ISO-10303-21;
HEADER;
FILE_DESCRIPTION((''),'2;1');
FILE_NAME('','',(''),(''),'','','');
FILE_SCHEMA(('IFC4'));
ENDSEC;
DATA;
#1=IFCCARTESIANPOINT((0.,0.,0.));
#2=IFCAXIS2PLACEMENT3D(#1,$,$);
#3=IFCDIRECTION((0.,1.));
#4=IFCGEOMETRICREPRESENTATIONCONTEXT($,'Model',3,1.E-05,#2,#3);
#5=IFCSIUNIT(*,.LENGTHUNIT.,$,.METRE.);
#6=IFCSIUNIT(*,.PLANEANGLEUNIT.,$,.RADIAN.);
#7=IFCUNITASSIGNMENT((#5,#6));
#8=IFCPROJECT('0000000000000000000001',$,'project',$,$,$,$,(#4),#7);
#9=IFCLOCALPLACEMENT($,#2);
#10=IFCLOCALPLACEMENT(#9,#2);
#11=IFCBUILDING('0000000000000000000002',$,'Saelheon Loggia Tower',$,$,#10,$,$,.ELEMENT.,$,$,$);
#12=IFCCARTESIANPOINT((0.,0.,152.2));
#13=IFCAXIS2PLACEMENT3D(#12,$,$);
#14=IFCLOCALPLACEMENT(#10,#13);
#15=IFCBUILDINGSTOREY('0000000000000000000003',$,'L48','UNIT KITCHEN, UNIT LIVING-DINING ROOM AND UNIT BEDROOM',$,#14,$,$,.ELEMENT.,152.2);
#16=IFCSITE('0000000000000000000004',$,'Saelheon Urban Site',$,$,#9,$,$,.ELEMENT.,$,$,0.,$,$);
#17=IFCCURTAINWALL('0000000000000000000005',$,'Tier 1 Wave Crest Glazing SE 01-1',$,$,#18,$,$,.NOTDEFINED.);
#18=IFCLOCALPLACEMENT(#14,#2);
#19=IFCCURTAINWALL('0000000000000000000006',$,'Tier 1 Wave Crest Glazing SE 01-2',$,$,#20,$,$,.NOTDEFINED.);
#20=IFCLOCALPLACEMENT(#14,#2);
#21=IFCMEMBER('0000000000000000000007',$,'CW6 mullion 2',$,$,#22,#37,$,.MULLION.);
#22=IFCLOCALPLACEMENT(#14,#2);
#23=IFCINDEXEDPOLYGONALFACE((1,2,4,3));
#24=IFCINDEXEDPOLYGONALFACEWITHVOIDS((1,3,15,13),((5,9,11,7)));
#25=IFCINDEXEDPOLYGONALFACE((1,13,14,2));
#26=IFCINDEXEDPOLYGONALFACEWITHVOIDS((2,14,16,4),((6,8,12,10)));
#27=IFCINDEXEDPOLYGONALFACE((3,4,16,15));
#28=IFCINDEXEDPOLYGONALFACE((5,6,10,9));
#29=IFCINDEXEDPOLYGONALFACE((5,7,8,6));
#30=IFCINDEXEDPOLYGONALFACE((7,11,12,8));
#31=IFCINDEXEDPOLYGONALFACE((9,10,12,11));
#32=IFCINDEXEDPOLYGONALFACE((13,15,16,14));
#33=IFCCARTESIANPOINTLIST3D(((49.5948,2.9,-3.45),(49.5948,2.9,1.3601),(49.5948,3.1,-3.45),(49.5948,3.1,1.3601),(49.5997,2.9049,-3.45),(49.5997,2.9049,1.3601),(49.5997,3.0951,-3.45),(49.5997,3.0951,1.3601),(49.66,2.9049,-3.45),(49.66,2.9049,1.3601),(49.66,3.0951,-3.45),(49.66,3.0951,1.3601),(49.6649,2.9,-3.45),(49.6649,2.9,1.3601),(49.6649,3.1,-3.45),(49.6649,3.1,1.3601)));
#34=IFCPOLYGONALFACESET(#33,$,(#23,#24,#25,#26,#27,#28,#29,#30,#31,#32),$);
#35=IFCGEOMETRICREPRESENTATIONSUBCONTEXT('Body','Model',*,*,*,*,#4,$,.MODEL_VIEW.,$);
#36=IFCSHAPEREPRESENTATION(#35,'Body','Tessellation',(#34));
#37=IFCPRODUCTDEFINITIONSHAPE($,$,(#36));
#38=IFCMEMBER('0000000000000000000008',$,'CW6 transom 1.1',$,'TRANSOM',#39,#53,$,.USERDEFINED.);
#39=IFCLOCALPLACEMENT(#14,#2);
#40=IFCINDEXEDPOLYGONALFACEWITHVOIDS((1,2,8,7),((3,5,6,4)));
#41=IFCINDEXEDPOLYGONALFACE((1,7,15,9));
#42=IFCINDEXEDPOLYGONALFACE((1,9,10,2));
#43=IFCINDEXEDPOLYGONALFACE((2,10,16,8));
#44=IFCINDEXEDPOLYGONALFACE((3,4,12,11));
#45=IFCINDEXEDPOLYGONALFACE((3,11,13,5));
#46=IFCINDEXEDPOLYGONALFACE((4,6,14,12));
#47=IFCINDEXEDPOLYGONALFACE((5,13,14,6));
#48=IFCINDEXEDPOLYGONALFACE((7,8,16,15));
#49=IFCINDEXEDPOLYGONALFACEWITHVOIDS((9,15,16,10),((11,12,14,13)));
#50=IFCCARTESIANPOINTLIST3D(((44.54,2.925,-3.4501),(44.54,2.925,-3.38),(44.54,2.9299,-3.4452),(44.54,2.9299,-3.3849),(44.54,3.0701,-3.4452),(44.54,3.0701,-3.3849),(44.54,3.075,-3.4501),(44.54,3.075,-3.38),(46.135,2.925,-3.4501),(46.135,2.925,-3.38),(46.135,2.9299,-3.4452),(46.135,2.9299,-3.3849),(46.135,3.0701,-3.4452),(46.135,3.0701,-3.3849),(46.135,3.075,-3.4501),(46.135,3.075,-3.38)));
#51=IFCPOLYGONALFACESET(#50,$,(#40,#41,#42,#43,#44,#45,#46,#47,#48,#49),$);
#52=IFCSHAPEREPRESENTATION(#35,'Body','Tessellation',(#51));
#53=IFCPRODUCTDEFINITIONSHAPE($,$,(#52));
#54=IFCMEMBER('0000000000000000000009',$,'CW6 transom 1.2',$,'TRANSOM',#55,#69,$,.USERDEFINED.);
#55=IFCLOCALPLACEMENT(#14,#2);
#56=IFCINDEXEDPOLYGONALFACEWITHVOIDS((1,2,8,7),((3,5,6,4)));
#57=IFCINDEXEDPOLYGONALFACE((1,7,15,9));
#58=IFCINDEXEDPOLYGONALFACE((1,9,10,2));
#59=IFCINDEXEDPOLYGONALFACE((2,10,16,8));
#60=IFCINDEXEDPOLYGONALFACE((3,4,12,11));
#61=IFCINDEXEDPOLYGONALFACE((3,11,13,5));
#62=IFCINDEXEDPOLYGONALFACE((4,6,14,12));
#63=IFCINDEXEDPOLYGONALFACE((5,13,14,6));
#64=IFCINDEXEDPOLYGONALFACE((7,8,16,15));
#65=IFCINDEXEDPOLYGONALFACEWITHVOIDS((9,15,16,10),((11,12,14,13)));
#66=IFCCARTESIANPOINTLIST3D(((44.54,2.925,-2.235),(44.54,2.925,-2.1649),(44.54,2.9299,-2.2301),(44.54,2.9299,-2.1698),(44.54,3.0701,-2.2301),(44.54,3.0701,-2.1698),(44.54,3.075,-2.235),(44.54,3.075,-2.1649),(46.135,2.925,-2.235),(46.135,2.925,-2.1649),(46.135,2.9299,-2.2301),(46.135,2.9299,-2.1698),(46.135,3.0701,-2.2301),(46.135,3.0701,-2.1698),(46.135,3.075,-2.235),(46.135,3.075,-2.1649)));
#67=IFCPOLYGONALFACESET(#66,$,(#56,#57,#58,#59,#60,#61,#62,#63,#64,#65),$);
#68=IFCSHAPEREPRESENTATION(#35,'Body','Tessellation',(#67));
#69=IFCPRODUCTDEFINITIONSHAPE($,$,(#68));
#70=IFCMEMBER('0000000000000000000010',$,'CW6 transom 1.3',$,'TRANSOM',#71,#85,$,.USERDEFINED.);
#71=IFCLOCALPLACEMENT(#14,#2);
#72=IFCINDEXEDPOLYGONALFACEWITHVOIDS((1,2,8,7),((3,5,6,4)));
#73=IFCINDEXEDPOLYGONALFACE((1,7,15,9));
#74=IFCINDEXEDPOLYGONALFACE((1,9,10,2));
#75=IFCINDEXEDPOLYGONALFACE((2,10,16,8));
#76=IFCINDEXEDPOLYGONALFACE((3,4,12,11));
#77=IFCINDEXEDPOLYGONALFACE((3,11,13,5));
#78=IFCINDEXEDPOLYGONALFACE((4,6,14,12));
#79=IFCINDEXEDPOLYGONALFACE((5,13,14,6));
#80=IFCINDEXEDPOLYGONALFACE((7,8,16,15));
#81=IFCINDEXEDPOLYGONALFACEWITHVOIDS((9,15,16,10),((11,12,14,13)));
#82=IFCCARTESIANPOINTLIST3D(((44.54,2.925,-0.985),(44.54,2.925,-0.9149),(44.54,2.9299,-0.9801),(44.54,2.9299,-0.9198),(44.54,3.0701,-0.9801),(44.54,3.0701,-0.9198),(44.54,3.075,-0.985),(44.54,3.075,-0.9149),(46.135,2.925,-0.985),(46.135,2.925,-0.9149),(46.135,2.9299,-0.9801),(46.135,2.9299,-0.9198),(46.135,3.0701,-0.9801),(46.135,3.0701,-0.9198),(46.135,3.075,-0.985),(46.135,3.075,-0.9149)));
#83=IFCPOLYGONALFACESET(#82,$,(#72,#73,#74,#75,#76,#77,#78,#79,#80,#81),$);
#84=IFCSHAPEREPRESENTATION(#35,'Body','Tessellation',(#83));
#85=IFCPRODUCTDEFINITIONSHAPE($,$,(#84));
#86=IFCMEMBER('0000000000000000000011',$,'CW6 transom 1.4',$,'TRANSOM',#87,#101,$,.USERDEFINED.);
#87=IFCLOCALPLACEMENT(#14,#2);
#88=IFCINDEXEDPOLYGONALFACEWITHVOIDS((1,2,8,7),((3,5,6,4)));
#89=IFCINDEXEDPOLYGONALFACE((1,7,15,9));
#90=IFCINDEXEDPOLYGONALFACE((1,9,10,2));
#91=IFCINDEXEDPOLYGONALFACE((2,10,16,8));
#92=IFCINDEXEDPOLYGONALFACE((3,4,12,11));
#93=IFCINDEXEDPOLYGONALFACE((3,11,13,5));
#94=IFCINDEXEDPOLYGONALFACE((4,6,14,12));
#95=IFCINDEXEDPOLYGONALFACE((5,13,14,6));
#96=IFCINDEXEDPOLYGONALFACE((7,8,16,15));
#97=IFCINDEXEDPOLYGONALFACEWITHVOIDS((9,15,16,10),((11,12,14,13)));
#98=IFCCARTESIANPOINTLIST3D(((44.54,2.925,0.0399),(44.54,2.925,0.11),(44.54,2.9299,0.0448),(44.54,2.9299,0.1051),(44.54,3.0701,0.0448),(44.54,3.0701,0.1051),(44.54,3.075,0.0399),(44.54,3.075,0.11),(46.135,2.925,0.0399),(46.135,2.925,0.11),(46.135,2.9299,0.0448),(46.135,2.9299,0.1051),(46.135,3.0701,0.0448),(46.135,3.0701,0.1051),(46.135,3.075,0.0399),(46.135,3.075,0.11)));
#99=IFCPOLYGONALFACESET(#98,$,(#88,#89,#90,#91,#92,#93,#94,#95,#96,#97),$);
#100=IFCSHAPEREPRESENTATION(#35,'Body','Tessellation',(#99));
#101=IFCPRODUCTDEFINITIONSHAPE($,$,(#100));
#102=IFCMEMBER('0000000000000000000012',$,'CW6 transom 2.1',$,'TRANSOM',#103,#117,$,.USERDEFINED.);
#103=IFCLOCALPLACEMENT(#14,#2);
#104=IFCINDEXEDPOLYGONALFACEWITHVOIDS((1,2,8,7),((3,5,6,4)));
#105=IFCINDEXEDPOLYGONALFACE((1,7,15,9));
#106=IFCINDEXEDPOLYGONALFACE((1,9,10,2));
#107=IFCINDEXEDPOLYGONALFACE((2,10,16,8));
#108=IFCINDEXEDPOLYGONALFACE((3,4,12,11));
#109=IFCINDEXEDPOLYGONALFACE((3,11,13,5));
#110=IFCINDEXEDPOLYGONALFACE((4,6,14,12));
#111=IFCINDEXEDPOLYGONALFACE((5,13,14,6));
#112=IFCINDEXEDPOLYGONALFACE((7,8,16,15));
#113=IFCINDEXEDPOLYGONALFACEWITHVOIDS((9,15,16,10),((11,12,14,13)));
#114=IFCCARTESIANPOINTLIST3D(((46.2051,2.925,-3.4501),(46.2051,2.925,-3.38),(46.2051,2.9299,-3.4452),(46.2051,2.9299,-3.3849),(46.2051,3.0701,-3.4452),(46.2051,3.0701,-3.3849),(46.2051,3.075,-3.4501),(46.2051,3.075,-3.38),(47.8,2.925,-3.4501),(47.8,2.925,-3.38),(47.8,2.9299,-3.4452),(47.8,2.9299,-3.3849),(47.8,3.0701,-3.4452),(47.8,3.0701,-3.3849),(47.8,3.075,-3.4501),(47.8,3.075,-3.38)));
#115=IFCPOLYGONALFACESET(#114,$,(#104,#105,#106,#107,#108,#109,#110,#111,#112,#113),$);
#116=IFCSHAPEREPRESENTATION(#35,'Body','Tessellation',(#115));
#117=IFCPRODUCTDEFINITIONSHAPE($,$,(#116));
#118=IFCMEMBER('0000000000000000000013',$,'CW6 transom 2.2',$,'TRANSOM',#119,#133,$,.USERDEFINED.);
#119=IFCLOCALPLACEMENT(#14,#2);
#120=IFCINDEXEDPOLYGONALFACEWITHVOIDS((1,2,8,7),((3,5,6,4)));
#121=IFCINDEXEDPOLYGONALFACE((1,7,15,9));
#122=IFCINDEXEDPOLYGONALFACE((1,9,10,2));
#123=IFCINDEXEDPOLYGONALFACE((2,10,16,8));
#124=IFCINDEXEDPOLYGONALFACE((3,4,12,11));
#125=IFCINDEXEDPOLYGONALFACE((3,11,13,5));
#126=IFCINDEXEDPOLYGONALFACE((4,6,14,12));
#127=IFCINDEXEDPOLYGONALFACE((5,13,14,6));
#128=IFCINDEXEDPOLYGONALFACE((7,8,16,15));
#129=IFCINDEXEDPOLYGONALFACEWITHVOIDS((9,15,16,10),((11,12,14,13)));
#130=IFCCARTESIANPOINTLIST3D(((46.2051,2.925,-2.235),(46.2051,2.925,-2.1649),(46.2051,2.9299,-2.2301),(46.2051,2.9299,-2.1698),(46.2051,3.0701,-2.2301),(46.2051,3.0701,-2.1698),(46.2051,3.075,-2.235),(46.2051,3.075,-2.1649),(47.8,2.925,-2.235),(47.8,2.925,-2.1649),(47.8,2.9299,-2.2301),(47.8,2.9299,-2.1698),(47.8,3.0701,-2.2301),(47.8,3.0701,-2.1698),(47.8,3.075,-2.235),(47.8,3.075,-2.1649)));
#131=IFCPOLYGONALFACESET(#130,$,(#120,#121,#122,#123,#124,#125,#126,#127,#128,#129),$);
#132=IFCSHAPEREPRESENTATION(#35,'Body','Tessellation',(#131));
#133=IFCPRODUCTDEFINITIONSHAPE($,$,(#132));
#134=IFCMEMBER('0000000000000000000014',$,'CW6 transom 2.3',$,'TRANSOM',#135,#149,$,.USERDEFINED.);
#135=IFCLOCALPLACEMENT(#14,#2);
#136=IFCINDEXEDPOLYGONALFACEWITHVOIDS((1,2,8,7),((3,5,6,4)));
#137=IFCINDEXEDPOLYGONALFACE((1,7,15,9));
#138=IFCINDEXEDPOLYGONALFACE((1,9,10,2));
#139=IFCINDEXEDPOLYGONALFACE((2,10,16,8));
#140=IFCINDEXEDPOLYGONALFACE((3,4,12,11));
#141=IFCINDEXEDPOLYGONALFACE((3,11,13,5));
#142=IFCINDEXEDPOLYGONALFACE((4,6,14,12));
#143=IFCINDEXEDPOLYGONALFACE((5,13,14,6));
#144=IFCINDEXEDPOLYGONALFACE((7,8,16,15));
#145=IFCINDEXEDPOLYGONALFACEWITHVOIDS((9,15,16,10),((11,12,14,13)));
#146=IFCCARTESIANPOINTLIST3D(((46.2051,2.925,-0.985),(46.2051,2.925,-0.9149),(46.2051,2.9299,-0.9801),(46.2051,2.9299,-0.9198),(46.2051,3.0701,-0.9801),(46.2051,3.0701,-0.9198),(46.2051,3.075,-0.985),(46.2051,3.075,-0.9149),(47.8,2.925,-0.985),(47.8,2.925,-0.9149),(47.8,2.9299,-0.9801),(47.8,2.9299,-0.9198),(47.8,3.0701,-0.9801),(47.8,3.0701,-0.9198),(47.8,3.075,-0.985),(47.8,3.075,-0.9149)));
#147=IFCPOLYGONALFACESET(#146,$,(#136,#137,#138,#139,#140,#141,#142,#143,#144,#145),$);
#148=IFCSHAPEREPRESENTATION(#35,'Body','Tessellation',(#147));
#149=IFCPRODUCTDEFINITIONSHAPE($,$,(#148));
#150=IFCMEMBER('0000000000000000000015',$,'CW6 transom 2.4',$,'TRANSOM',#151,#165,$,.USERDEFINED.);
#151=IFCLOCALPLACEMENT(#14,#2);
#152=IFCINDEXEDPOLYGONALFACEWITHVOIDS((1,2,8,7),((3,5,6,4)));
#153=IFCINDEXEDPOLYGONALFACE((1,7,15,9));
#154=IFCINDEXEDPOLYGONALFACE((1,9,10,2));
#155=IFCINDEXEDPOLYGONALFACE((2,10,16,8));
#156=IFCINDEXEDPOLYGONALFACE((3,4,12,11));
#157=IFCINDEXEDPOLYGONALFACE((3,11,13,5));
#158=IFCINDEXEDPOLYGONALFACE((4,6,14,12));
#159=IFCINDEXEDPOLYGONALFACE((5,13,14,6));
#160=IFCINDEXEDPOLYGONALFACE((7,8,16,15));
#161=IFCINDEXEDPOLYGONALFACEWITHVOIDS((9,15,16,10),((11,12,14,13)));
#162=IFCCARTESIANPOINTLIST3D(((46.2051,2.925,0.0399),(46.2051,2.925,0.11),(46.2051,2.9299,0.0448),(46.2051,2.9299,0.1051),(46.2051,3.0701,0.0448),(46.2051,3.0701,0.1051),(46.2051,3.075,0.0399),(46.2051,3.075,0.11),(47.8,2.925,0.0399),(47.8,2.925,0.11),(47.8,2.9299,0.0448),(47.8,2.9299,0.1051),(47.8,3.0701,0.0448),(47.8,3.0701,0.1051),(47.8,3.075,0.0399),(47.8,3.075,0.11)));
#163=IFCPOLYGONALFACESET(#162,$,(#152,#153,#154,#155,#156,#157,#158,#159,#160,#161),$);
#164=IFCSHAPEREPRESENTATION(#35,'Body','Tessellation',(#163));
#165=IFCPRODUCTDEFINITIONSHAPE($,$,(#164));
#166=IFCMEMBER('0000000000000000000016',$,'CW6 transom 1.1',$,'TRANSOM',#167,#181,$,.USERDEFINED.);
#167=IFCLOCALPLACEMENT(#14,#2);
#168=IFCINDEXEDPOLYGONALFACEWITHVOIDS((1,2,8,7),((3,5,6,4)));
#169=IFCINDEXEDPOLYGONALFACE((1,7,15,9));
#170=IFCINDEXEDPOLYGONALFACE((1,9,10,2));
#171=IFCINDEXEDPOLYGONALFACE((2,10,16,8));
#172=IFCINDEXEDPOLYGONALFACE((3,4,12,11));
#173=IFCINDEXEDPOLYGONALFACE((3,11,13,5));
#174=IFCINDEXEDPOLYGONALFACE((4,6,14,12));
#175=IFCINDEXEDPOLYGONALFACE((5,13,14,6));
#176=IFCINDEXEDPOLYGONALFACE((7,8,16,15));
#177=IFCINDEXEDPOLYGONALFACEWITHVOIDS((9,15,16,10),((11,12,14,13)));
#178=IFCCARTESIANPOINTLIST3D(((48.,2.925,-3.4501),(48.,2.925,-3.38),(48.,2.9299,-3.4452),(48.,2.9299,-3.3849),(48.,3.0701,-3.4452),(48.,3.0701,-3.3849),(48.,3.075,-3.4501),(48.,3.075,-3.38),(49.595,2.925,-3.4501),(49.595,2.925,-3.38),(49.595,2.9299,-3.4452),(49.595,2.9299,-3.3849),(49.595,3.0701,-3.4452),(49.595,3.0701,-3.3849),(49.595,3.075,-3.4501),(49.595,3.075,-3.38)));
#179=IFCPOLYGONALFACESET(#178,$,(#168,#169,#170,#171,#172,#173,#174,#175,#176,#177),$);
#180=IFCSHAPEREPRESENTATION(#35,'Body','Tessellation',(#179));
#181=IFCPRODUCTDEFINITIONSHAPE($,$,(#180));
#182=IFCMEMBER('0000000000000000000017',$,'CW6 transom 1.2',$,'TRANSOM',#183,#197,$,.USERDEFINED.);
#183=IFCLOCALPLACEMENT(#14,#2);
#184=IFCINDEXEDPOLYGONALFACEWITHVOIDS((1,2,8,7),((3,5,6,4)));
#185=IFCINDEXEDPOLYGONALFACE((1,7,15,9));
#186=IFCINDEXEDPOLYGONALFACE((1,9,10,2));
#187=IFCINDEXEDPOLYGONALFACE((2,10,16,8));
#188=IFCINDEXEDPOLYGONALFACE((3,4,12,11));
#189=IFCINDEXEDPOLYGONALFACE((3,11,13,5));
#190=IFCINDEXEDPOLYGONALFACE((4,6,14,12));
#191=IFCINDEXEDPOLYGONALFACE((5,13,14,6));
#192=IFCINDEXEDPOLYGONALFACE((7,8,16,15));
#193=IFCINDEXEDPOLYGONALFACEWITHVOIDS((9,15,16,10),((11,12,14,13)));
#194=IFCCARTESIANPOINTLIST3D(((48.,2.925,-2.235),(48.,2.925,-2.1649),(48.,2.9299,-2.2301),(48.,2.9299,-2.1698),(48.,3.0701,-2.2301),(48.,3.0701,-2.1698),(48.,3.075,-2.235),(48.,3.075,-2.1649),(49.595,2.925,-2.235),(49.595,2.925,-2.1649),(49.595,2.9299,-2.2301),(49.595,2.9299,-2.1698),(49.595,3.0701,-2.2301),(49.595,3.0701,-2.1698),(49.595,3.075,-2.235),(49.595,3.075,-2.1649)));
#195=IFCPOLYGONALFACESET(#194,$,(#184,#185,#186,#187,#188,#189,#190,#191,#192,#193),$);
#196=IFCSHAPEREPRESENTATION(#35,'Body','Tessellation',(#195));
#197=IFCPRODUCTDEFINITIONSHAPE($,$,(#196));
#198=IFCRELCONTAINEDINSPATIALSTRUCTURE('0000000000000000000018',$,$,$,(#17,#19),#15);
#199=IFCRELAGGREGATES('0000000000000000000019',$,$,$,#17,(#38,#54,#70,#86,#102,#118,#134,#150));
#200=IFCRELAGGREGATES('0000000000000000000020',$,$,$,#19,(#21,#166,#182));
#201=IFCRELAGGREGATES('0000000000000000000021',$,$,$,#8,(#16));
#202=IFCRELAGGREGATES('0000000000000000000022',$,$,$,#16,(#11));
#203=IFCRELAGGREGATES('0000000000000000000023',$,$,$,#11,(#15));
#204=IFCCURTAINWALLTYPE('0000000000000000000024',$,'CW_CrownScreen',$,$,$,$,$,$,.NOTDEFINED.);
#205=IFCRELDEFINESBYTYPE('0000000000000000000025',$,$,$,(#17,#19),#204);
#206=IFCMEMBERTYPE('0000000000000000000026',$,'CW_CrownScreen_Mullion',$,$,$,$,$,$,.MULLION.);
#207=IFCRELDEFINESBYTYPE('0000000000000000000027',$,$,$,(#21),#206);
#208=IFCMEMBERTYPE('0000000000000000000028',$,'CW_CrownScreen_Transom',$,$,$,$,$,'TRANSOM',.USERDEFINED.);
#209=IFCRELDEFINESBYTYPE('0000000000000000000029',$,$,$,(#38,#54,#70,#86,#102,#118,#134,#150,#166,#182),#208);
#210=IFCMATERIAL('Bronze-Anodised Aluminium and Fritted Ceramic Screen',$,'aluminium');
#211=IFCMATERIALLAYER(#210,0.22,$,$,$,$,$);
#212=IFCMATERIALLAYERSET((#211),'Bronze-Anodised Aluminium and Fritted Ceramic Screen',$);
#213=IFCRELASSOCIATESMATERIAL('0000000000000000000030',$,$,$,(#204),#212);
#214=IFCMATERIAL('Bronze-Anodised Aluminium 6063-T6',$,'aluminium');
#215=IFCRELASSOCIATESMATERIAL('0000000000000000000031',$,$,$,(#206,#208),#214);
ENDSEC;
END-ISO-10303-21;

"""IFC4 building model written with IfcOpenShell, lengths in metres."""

from ifc_helpers import new_model, si_unit, direction, frame, origin, origin_2d, place, context, subcontext, project, spatial, hollow_rectangle, extrude, source, transform, mapped, material, layer, layer_set, material_profile, profile_set, type_object, element, aggregate, save


model = new_model("IFC4")

# Units and contexts
model_context = context("Model", 3, precision=1e-05, world=origin(), true_north=direction((0.0, 1.0)))
body_context = subcontext(model_context, "Body", "Model", "MODEL_VIEW")
ifc_project = project(units=[si_unit("LENGTHUNIT", "METRE"), si_unit("PLANEANGLEUNIT", "RADIAN")], contexts=[model_context])

# Site, building, storey
site_placement = place(None, origin())
site = spatial("IfcSite", under=ifc_project, at=site_placement, Name="Saelheon Urban Site", CompositionType="ELEMENT", RefElevation=0.0)
building_placement = place(site_placement, origin())
building = spatial("IfcBuilding", under=site, at=building_placement, Name="Saelheon Loggia Tower", CompositionType="ELEMENT")
storey_placement = place(building_placement, frame((0.0, 0.0, 152.2)))
storey = spatial("IfcBuildingStorey", under=building, at=storey_placement, Name="L48", Description="UNIT KITCHEN, UNIT LIVING-DINING ROOM AND UNIT BEDROOM", CompositionType="ELEMENT", Elevation=152.2)

# Curtain walls, member
ifc_material_1 = material(Name="Bronze-Anodised Aluminium and Fritted Ceramic Screen", Category="aluminium")
ifc_layer_1 = layer(ifc_material_1, 0.22)
ifc_layer_set_1 = layer_set([ifc_layer_1], Name="Bronze-Anodised Aluminium and Fritted Ceramic Screen")
curtain_wall_type = type_object("IfcCurtainWallType", Name="CW_CrownScreen", PredefinedType="NOTDEFINED", material=ifc_layer_set_1)
curtain_wall_1_placement = place(storey_placement, origin())
curtain_wall_1 = element("IfcCurtainWall", 1, at=curtain_wall_1_placement, inside=storey, type_object=curtain_wall_type, Name="Tier 1 Wave Crest Glazing SE 01-1", PredefinedType="NOTDEFINED")
ifc_material_2 = material(Name="Bronze-Anodised Aluminium 6063-T6", Category="aluminium")
ifc_material_profile_1 = material_profile(ifc_material_2, hollow_rectangle(XDim=0.0701, YDim=0.2, WallThickness=0.0049, at=origin_2d()), Name="RHS-200x70x5")
ifc_profile_set_1 = profile_set([ifc_material_profile_1], Name="Bronze-Anodised Aluminium 6063-T6")
member_type_1 = type_object("IfcMemberType", Name="CW_CrownScreen_Mullion", PredefinedType="MULLION", material=ifc_profile_set_1)
curtain_wall_2_placement = place(storey_placement, origin())
curtain_wall_2 = element("IfcCurtainWall", 2, at=curtain_wall_2_placement, inside=storey, type_object=curtain_wall_type, Name="Tier 1 Wave Crest Glazing SE 01-2", PredefinedType="NOTDEFINED")
shared_shape_1 = source(origin(), body_context, "Body", "SweptSolid", [
    extrude(hollow_rectangle(XDim=0.0701, YDim=0.2, WallThickness=0.0049, at=origin_2d()), origin(), (0.0, 0.0, 1.0), 4.8101),
])
member_1_placement = place(storey_placement, frame((49.6299, 3.0, -3.45), z_axis=(0.0, 0.0, 1.0), x_axis=(1.0, 0.0, 0.0)))
member_1 = element("IfcMember", 3, at=member_1_placement, type_object=member_type_1, Name="CW6 mullion 2", PredefinedType="MULLION", context=body_context, shape_type="MappedRepresentation", body=[
    mapped(shared_shape_1, transform((0.0, 0.0, 0.0), scale=1.0)),
])

# Members
ifc_material_profile_2 = material_profile(ifc_material_2, hollow_rectangle(XDim=0.0701, YDim=0.1499, WallThickness=0.0049, at=origin_2d()), Name="RHS-150x70x5")
ifc_profile_set_2 = profile_set([ifc_material_profile_2], Name="Bronze-Anodised Aluminium 6063-T6")
member_type_2 = type_object("IfcMemberType", Name="CW_CrownScreen_Transom", ElementType="TRANSOM", PredefinedType="USERDEFINED", material=ifc_profile_set_2)
shared_shape_2 = source(origin(), body_context, "Body", "SweptSolid", [
    extrude(hollow_rectangle(XDim=0.0701, YDim=0.1499, WallThickness=0.0049, at=origin_2d()), origin(), (0.0, 0.0, 1.0), 1.595),
])
member_2_placement = place(storey_placement, frame((44.54, 3.0, -3.415), z_axis=(1.0, 0.0, 0.0), x_axis=(0.0, 0.0, 1.0)))
member_2 = element("IfcMember", 4, at=member_2_placement, type_object=member_type_2, Name="CW6 transom 1.1", ObjectType="TRANSOM", PredefinedType="USERDEFINED", context=body_context, shape_type="MappedRepresentation", body=[
    mapped(shared_shape_2, transform((0.0, 0.0, 0.0), scale=1.0)),
])
member_3_placement = place(storey_placement, frame((44.54, 3.0, -2.2), z_axis=(1.0, 0.0, 0.0), x_axis=(0.0, 0.0, 1.0)))
member_3 = element("IfcMember", 5, at=member_3_placement, type_object=member_type_2, Name="CW6 transom 1.2", ObjectType="TRANSOM", PredefinedType="USERDEFINED", context=body_context, shape_type="MappedRepresentation", body=[
    mapped(shared_shape_2, transform((0.0, 0.0, 0.0), scale=1.0)),
])
member_4_placement = place(storey_placement, frame((44.54, 3.0, -0.95), z_axis=(1.0, 0.0, 0.0), x_axis=(0.0, 0.0, 1.0)))
member_4 = element("IfcMember", 6, at=member_4_placement, type_object=member_type_2, Name="CW6 transom 1.3", ObjectType="TRANSOM", PredefinedType="USERDEFINED", context=body_context, shape_type="MappedRepresentation", body=[
    mapped(shared_shape_2, transform((0.0, 0.0, 0.0), scale=1.0)),
])
member_5_placement = place(storey_placement, frame((44.54, 3.0, 0.075), z_axis=(1.0, 0.0, 0.0), x_axis=(0.0, 0.0, 1.0)))
member_5 = element("IfcMember", 7, at=member_5_placement, type_object=member_type_2, Name="CW6 transom 1.4", ObjectType="TRANSOM", PredefinedType="USERDEFINED", context=body_context, shape_type="MappedRepresentation", body=[
    mapped(shared_shape_2, transform((0.0, 0.0, 0.0), scale=1.0)),
])
member_6_placement = place(storey_placement, frame((46.2051, 3.0, -3.415), z_axis=(1.0, 0.0, 0.0), x_axis=(0.0, 0.0, 1.0)))
member_6 = element("IfcMember", 8, at=member_6_placement, type_object=member_type_2, Name="CW6 transom 2.1", ObjectType="TRANSOM", PredefinedType="USERDEFINED", context=body_context, shape_type="MappedRepresentation", body=[
    mapped(shared_shape_2, transform((0.0, 0.0, 0.0), scale=1.0)),
])
member_7_placement = place(storey_placement, frame((46.2051, 3.0, -2.2), z_axis=(1.0, 0.0, 0.0), x_axis=(0.0, 0.0, 1.0)))
member_7 = element("IfcMember", 9, at=member_7_placement, type_object=member_type_2, Name="CW6 transom 2.2", ObjectType="TRANSOM", PredefinedType="USERDEFINED", context=body_context, shape_type="MappedRepresentation", body=[
    mapped(shared_shape_2, transform((0.0, 0.0, 0.0), scale=1.0)),
])
member_8_placement = place(storey_placement, frame((46.2051, 3.0, -0.95), z_axis=(1.0, 0.0, 0.0), x_axis=(0.0, 0.0, 1.0)))
member_8 = element("IfcMember", 10, at=member_8_placement, type_object=member_type_2, Name="CW6 transom 2.3", ObjectType="TRANSOM", PredefinedType="USERDEFINED", context=body_context, shape_type="MappedRepresentation", body=[
    mapped(shared_shape_2, transform((0.0, 0.0, 0.0), scale=1.0)),
])
member_9_placement = place(storey_placement, frame((46.2051, 3.0, 0.075), z_axis=(1.0, 0.0, 0.0), x_axis=(0.0, 0.0, 1.0)))
member_9 = element("IfcMember", 11, at=member_9_placement, type_object=member_type_2, Name="CW6 transom 2.4", ObjectType="TRANSOM", PredefinedType="USERDEFINED", context=body_context, shape_type="MappedRepresentation", body=[
    mapped(shared_shape_2, transform((0.0, 0.0, 0.0), scale=1.0)),
])
member_10_placement = place(storey_placement, frame((48.0, 3.0, -3.415), z_axis=(1.0, 0.0, 0.0), x_axis=(0.0, 0.0, 1.0)))
member_10 = element("IfcMember", 12, at=member_10_placement, type_object=member_type_2, Name="CW6 transom 1.1", ObjectType="TRANSOM", PredefinedType="USERDEFINED", context=body_context, shape_type="MappedRepresentation", body=[
    mapped(shared_shape_2, transform((0.0, 0.0, 0.0), scale=1.0)),
])
member_11_placement = place(storey_placement, frame((48.0, 3.0, -2.2), z_axis=(1.0, 0.0, 0.0), x_axis=(0.0, 0.0, 1.0)))
member_11 = element("IfcMember", 13, at=member_11_placement, type_object=member_type_2, Name="CW6 transom 1.2", ObjectType="TRANSOM", PredefinedType="USERDEFINED", context=body_context, shape_type="MappedRepresentation", body=[
    mapped(shared_shape_2, transform((0.0, 0.0, 0.0), scale=1.0)),
])

aggregate(curtain_wall_1, [member_2, member_3, member_4, member_5, member_6, member_7, member_8, member_9])
aggregate(curtain_wall_2, [member_1, member_10, member_11])

save(model, "model.ifc")
